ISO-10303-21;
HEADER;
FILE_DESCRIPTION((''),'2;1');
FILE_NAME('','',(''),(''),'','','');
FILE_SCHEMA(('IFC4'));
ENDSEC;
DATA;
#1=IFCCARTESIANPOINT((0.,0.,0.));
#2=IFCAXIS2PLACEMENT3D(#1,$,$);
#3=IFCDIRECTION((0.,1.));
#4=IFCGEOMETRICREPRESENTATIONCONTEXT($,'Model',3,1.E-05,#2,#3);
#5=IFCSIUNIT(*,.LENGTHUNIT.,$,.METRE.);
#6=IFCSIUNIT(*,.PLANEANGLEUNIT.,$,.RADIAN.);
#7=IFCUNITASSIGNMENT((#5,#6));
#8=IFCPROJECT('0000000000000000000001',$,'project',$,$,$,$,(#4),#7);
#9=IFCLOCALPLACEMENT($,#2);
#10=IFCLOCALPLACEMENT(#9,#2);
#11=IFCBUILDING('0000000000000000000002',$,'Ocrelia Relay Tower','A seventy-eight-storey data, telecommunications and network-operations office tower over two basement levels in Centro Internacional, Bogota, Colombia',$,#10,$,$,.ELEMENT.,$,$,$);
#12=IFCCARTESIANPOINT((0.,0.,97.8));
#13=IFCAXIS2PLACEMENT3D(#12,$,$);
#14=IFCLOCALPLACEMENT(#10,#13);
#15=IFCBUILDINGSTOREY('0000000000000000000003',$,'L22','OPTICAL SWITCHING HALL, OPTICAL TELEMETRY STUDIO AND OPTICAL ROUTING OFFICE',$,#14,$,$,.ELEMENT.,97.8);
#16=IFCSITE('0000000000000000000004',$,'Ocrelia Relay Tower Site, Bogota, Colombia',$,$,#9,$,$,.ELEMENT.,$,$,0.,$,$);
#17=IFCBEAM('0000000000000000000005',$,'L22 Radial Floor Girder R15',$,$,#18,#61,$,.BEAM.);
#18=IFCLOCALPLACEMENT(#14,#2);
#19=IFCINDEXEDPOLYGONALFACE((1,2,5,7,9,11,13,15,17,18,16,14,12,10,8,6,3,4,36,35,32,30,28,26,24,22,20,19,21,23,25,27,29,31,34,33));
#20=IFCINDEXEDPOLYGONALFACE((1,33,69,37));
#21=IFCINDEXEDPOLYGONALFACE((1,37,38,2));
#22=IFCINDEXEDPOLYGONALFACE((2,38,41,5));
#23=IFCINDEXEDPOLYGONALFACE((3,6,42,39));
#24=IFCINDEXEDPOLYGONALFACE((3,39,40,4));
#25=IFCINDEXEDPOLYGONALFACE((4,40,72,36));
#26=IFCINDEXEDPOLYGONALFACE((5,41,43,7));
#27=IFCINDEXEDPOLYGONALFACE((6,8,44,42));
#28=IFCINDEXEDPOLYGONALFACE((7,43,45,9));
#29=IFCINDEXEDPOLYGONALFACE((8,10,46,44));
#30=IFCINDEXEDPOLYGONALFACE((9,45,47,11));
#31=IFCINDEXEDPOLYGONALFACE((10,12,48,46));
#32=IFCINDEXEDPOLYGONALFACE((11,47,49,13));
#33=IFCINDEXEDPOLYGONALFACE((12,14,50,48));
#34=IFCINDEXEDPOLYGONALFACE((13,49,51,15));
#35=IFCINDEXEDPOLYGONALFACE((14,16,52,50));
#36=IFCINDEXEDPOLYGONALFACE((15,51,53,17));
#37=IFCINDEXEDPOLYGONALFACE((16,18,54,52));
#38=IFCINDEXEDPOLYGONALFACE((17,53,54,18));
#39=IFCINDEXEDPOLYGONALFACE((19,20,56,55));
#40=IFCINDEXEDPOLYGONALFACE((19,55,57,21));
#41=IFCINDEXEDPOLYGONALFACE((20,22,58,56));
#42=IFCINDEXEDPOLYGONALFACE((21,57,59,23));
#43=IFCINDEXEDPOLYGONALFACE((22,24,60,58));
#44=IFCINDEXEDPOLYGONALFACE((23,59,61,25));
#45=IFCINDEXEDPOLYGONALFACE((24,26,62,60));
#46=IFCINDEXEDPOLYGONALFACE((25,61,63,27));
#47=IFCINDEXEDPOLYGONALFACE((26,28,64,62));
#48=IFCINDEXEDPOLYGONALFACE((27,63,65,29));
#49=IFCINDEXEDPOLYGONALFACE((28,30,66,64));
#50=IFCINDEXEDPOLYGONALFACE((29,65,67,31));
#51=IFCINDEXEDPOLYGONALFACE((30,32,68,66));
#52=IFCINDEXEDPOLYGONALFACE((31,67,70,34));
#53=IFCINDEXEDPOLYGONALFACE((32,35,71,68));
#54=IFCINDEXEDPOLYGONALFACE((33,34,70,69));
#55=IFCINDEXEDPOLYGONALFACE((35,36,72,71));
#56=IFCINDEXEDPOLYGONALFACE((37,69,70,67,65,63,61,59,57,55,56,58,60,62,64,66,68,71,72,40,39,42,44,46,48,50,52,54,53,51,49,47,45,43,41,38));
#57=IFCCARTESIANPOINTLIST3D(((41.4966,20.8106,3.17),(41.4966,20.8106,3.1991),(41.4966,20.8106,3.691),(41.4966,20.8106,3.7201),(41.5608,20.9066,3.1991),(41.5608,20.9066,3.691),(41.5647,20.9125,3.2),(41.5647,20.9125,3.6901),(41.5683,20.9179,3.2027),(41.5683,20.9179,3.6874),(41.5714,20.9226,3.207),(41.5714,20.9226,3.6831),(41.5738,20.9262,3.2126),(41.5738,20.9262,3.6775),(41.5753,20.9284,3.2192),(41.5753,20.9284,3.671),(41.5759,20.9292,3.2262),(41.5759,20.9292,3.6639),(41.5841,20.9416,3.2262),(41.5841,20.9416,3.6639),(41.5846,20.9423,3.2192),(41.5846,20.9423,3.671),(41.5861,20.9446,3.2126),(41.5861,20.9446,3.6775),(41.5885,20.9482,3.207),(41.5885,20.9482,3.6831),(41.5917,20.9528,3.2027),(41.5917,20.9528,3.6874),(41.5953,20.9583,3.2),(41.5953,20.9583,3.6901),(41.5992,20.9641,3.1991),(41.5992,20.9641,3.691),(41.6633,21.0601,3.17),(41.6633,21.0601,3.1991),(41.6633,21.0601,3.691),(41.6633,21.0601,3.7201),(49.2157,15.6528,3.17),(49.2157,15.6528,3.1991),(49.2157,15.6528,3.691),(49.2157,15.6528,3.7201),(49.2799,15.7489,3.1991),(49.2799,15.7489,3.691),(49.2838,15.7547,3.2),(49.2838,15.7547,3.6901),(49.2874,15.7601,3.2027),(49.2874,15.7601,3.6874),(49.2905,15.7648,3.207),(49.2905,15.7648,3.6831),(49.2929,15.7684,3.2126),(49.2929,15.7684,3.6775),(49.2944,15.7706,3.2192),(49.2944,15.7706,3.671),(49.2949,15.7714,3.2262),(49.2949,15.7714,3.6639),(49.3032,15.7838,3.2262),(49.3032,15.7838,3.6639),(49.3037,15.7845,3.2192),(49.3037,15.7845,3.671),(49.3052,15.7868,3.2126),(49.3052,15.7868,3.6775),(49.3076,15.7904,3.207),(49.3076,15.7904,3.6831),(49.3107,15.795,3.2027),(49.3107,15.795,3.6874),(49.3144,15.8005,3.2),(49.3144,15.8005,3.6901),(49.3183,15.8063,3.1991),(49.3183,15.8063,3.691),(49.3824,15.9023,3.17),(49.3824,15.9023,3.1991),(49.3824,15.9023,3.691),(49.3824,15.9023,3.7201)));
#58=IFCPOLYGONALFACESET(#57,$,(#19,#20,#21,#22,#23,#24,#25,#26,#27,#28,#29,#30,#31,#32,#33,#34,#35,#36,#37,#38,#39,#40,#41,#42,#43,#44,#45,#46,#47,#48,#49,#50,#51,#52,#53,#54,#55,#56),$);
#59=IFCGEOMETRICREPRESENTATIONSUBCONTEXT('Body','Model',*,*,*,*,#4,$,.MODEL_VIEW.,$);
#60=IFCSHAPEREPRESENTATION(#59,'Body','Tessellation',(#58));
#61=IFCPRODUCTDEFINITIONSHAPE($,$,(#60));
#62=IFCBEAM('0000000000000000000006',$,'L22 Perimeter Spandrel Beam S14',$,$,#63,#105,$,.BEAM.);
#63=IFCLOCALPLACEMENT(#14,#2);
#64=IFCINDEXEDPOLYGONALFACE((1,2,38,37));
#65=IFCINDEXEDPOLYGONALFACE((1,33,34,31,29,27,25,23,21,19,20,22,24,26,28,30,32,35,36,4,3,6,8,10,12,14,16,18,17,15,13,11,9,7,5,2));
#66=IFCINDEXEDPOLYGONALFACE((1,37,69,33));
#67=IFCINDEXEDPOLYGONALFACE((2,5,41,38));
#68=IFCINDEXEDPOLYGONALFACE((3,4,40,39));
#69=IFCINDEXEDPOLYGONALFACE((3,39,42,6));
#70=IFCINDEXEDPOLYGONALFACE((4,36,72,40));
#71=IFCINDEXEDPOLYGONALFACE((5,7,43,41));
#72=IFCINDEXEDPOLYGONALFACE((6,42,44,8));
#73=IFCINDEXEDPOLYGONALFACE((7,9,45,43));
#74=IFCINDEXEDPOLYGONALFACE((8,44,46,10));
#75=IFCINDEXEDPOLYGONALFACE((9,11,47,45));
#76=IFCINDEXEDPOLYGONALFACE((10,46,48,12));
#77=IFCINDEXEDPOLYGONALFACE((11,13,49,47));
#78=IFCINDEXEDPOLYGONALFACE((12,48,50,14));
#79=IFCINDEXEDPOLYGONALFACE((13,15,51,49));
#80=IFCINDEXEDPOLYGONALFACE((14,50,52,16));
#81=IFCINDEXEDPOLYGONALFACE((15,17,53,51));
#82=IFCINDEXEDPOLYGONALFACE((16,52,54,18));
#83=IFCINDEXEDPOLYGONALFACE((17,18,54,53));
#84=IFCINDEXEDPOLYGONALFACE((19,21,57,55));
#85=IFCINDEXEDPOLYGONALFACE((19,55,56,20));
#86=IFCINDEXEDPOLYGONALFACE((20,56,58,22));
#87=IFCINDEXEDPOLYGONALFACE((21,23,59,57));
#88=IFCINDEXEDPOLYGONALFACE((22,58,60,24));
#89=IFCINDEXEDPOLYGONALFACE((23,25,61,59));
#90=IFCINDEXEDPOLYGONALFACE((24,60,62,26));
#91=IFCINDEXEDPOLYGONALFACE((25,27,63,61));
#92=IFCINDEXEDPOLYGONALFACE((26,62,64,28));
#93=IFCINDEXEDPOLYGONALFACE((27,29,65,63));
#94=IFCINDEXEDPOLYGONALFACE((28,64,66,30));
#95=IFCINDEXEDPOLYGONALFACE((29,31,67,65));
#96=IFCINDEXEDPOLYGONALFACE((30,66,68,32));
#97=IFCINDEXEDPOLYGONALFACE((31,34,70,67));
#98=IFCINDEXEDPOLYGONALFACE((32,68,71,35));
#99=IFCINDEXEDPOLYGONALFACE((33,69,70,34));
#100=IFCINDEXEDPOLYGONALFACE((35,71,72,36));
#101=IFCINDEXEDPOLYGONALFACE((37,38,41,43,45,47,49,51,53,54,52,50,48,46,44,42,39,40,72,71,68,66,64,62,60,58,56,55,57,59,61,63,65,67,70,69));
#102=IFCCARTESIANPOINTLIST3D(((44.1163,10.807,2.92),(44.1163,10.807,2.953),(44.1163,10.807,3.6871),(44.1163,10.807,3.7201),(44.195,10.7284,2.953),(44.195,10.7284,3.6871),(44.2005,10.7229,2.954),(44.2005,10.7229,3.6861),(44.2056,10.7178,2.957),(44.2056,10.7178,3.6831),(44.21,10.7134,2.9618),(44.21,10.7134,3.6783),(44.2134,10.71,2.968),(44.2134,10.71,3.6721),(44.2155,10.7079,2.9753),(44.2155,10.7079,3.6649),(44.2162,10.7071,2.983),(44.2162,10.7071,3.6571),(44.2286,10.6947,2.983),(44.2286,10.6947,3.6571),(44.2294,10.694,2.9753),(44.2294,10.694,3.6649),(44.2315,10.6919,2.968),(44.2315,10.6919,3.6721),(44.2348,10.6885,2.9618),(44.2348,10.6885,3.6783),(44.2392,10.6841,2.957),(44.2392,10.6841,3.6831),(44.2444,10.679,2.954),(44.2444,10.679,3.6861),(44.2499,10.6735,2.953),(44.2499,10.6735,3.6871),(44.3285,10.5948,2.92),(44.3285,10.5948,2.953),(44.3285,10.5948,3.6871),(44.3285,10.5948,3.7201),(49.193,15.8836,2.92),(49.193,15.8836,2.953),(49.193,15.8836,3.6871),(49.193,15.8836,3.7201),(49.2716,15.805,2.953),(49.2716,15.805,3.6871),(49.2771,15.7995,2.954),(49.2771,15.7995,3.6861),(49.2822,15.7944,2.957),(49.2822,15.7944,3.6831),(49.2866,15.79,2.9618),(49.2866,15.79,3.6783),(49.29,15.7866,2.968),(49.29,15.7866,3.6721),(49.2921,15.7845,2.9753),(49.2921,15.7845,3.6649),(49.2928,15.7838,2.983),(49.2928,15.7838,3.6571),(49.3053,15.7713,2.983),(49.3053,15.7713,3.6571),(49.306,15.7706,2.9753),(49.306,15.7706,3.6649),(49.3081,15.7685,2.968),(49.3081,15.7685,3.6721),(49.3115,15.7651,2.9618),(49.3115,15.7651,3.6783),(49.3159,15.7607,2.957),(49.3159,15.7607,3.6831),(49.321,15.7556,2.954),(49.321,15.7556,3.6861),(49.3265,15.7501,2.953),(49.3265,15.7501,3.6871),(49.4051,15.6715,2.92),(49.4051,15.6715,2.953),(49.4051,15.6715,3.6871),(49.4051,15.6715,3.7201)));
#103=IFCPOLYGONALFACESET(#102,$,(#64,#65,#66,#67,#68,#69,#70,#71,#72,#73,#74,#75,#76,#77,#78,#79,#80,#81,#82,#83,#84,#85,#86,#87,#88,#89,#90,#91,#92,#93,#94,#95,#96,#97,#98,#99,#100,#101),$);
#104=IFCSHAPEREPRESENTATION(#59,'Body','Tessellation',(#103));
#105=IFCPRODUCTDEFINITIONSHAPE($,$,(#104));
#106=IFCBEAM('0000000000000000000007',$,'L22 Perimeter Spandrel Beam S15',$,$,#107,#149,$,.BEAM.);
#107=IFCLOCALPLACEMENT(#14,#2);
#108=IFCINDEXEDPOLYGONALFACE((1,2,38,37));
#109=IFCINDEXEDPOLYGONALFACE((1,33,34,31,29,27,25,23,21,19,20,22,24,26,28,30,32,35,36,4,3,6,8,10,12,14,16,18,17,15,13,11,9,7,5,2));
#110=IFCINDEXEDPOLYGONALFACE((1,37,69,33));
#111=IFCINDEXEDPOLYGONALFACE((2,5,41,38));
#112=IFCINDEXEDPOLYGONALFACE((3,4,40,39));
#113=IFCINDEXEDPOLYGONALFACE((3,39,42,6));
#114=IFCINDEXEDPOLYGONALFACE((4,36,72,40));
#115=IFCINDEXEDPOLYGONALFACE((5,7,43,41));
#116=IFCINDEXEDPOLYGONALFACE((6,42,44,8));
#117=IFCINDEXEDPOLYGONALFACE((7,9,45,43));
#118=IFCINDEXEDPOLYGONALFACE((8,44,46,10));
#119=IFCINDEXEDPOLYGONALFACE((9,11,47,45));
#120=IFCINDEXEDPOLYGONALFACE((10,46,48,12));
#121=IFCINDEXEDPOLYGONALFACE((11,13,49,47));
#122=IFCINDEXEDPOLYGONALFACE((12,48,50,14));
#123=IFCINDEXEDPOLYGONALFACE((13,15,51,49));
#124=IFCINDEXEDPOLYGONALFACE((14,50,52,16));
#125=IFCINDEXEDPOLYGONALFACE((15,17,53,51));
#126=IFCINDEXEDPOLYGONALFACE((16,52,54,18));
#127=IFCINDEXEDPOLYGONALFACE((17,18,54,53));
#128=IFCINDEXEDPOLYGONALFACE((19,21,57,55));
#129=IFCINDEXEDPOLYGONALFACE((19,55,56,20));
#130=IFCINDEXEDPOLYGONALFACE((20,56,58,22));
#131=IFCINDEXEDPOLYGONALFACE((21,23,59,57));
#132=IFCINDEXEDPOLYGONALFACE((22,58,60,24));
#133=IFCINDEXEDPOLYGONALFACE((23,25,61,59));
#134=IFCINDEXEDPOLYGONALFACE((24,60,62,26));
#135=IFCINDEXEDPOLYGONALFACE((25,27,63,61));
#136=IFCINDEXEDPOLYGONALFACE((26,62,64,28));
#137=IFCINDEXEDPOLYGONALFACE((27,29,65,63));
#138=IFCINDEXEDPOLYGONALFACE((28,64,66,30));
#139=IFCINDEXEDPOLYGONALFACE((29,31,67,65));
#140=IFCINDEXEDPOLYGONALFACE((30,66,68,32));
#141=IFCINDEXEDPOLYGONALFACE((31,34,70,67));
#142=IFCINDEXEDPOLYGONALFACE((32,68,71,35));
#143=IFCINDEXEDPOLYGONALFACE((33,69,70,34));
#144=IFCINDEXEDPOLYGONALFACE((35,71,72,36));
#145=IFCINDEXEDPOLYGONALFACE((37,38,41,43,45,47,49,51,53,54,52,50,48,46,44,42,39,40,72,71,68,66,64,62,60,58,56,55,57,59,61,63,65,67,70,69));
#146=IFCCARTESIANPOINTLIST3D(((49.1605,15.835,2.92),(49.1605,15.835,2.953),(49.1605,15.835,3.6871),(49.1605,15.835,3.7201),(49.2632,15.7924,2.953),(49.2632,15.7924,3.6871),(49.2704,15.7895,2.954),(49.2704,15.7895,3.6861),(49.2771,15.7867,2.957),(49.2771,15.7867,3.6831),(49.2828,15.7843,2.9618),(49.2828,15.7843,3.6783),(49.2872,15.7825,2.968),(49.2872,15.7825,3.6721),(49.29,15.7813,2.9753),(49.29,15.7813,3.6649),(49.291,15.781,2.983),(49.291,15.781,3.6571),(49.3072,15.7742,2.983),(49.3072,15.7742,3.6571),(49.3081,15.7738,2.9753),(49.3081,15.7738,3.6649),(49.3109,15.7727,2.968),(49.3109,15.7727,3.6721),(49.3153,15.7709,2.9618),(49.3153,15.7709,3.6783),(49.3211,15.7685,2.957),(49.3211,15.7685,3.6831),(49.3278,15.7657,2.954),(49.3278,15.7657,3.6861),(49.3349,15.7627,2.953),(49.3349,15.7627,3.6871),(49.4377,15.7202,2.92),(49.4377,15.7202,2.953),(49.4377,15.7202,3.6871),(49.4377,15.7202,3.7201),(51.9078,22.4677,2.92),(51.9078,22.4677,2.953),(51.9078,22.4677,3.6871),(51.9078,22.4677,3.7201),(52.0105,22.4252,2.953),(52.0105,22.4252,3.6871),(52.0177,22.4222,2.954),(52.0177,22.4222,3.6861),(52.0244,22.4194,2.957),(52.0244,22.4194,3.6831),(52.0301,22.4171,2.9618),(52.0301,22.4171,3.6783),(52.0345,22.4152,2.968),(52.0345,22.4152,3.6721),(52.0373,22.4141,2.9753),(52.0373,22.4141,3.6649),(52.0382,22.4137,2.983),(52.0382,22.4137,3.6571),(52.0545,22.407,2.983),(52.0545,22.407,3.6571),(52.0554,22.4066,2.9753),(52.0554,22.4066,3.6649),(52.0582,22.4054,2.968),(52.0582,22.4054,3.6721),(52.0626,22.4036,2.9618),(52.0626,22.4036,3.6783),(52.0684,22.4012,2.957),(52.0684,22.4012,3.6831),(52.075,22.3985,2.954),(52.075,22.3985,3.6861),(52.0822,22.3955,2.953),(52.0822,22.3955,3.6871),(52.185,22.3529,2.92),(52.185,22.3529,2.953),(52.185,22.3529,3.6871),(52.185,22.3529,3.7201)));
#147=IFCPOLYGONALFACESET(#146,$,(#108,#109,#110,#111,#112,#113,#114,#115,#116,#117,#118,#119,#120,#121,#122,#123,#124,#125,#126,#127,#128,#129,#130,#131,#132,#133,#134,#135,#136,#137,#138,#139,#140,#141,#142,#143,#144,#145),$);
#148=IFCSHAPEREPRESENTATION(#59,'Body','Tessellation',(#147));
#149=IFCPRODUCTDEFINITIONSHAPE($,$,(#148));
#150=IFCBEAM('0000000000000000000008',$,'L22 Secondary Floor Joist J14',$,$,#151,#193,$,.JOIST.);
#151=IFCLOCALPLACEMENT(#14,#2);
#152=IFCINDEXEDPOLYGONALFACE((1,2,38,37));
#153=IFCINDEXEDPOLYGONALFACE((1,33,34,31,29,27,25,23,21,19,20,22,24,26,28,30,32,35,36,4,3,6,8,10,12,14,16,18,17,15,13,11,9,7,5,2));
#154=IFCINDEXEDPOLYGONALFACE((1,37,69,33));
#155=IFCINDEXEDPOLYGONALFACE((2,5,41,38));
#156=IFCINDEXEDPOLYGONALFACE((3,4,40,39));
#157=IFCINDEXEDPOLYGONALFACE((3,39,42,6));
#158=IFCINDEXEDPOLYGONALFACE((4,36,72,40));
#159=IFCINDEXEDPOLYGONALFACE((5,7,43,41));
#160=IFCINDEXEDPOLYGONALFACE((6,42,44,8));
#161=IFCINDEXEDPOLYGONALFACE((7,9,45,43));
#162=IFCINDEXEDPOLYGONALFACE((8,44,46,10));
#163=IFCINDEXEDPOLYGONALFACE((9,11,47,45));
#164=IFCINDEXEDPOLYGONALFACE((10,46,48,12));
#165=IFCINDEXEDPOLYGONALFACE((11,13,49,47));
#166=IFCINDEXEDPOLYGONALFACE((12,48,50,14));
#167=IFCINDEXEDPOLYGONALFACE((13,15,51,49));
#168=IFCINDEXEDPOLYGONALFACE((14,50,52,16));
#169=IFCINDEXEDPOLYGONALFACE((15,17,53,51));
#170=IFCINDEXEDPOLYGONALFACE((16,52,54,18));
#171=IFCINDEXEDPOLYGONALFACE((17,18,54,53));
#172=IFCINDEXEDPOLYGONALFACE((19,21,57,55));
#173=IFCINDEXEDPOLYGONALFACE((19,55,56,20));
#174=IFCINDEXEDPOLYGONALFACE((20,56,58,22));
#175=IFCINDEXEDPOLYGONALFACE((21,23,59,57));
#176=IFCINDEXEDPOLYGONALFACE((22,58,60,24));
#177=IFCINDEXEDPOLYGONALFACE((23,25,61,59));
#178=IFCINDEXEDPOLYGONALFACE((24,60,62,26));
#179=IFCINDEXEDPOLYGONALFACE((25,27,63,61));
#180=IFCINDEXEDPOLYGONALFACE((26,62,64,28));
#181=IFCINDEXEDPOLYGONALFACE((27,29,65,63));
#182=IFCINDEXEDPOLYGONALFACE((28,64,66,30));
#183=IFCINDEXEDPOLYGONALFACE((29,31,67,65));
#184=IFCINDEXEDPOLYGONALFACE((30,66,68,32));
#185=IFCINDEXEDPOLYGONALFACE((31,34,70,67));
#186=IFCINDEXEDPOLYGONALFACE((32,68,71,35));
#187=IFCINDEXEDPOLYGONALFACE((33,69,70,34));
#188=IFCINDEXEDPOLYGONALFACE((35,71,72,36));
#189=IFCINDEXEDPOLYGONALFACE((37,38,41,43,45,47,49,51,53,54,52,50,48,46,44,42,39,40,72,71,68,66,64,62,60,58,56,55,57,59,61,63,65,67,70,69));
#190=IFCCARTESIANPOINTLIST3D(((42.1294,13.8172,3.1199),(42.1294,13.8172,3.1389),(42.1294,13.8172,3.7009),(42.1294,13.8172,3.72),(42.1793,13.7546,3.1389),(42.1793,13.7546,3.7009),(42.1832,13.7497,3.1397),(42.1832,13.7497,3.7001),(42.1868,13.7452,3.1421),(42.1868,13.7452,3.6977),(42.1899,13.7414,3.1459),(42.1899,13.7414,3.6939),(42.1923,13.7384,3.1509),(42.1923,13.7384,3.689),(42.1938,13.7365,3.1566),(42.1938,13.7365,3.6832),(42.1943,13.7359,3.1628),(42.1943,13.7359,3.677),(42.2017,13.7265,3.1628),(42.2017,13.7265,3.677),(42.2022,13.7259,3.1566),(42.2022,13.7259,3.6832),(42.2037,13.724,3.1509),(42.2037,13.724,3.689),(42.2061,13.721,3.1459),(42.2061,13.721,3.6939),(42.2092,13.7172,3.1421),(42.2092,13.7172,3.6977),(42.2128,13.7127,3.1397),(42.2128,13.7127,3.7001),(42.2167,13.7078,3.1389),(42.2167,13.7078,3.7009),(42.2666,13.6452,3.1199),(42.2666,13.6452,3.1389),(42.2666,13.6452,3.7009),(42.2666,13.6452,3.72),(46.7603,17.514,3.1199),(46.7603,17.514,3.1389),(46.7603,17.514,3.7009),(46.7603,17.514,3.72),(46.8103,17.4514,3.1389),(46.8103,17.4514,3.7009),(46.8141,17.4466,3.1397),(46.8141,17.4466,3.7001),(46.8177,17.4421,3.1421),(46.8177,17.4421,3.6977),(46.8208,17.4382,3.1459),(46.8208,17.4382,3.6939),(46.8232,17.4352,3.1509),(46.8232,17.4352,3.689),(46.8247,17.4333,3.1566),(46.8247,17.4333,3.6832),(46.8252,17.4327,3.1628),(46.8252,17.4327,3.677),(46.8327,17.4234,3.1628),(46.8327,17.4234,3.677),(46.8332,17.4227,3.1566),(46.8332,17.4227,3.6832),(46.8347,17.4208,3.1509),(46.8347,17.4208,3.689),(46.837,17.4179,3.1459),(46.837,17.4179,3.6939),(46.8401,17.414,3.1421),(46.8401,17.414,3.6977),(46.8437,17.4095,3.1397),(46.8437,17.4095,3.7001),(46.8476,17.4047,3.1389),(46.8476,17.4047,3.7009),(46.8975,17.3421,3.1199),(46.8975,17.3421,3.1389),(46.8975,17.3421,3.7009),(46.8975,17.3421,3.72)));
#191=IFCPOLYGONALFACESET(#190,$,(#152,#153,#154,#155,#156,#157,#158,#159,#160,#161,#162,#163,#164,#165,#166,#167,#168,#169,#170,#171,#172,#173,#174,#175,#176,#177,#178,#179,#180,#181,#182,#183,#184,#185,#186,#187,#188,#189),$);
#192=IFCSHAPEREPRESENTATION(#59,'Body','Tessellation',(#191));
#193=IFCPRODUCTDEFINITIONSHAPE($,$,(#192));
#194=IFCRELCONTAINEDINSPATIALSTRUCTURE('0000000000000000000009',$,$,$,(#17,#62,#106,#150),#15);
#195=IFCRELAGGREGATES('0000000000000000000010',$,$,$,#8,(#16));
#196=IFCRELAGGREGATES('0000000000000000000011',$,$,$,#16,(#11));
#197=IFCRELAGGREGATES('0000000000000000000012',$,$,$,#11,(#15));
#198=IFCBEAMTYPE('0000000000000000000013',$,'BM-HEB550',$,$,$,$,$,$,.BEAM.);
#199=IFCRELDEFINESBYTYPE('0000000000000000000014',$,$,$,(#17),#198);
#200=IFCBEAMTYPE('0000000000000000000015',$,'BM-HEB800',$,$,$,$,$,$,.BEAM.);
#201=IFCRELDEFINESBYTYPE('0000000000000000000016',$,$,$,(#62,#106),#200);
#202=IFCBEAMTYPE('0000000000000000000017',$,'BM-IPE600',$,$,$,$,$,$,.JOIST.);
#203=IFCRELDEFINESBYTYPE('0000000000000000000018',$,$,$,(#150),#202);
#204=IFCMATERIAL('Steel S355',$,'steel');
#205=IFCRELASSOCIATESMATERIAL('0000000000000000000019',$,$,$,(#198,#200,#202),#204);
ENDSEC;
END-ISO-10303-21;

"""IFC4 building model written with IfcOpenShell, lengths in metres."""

from ifc_helpers import new_model, si_unit, direction, frame, origin, origin_2d, place, context, subcontext, project, spatial, i_section, extrude, material, material_profile, profile_set, type_object, element, save


model = new_model("IFC4")

# Units and contexts
model_context = context("Model", 3, precision=1e-05, world=origin(), true_north=direction((0.0, 1.0)))
body_context = subcontext(model_context, "Body", "Model", "MODEL_VIEW")
ifc_project = project(units=[si_unit("LENGTHUNIT", "METRE"), si_unit("PLANEANGLEUNIT", "RADIAN")], contexts=[model_context])

# Site, building, storey
site_placement = place(None, origin())
site = spatial("IfcSite", under=ifc_project, at=site_placement, Name="Ocrelia Relay Tower Site, Bogota, Colombia", CompositionType="ELEMENT", RefElevation=0.0)
building_placement = place(site_placement, origin())
building = spatial("IfcBuilding", under=site, at=building_placement, Name="Ocrelia Relay Tower", Description="A seventy-eight-storey data, telecommunications and network-operations office tower over two basement levels in Centro Internacional, Bogota, Colombia", CompositionType="ELEMENT")
storey_placement = place(building_placement, frame((0.0, 0.0, 97.8)))
storey = spatial("IfcBuildingStorey", under=building, at=storey_placement, Name="L22", Description="OPTICAL SWITCHING HALL, OPTICAL TELEMETRY STUDIO AND OPTICAL ROUTING OFFICE", CompositionType="ELEMENT", Elevation=97.8)

# Beams
ifc_material_1 = material(Name="Steel S355", Category="steel")
ifc_material_profile_1 = material_profile(ifc_material_1, i_section(OverallWidth=0.3, OverallDepth=0.55, WebThickness=0.0149, FlangeThickness=0.0291, FilletRadius=0.0271, at=origin_2d()), Name="HEB 550")
ifc_profile_set_1 = profile_set([ifc_material_profile_1], Name="Steel S355")
beam_type_1 = type_object("IfcBeamType", Name="BM-HEB550", PredefinedType="BEAM", material=ifc_profile_set_1)
beam_1_placement = place(storey_placement, frame((49.2991, 15.7776, 3.4451), z_axis=(-0.831467, 0.555574, 0.0), x_axis=(-0.555574, -0.831467, 0.0)))
element("IfcBeam", 1, at=beam_1_placement, inside=storey, type_object=beam_type_1, Name="L22 Radial Floor Girder R15", PredefinedType="BEAM", context=body_context, shape_type="SweptSolid", body=[
    extrude(i_section(OverallWidth=0.3, OverallDepth=0.55, WebThickness=0.0149, FlangeThickness=0.0291, FilletRadius=0.0271, at=origin_2d()), origin(), (0.0, 0.0, 1.0), 9.2837),
])
ifc_material_profile_2 = material_profile(ifc_material_1, i_section(OverallWidth=0.3, OverallDepth=0.8, WebThickness=0.0176, FlangeThickness=0.033, FilletRadius=0.03, at=origin_2d()), Name="HEB 800")
ifc_profile_set_2 = profile_set([ifc_material_profile_2], Name="Steel S355")
beam_type_2 = type_object("IfcBeamType", Name="BM-HEB800", PredefinedType="BEAM", material=ifc_profile_set_2)
beam_2_placement = place(storey_placement, frame((44.2224, 10.7009, 3.3201), z_axis=(0.707107, 0.707107, 0.0), x_axis=(-0.707107, 0.707107, 0.0)))
element("IfcBeam", 2, at=beam_2_placement, inside=storey, type_object=beam_type_2, Name="L22 Perimeter Spandrel Beam S14", PredefinedType="BEAM", context=body_context, shape_type="SweptSolid", body=[
    extrude(i_section(OverallWidth=0.3, OverallDepth=0.8, WebThickness=0.0176, FlangeThickness=0.033, FilletRadius=0.03, at=origin_2d()), origin(), (0.0, 0.0, 1.0), 7.1794),
])
beam_3_placement = place(storey_placement, frame((49.2991, 15.7776, 3.3201), z_axis=(0.382673, 0.923884, 0.0), x_axis=(-0.923884, 0.382673, 0.0)))
element("IfcBeam", 3, at=beam_3_placement, inside=storey, type_object=beam_type_2, Name="L22 Perimeter Spandrel Beam S15", PredefinedType="BEAM", context=body_context, shape_type="SweptSolid", body=[
    extrude(i_section(OverallWidth=0.3, OverallDepth=0.8, WebThickness=0.0176, FlangeThickness=0.033, FilletRadius=0.03, at=origin_2d()), origin(), (0.0, 0.0, 1.0), 7.1792),
])
ifc_material_profile_3 = material_profile(ifc_material_1, i_section(OverallWidth=0.22, OverallDepth=0.6001, WebThickness=0.012, FlangeThickness=0.019, FilletRadius=0.0239, at=origin_2d()), Name="IPE 600")
ifc_profile_set_3 = profile_set([ifc_material_profile_3], Name="Steel S355")
beam_type_3 = type_object("IfcBeamType", Name="BM-IPE600", PredefinedType="JOIST", material=ifc_profile_set_3)
beam_4_placement = place(storey_placement, frame((42.198, 13.7312, 3.4199), z_axis=(0.78152, 0.623881, 0.0), x_axis=(-0.623881, 0.78152, 0.0)))
element("IfcBeam", 4, at=beam_4_placement, inside=storey, type_object=beam_type_3, Name="L22 Secondary Floor Joist J14", PredefinedType="JOIST", context=body_context, shape_type="SweptSolid", body=[
    extrude(i_section(OverallWidth=0.22, OverallDepth=0.6001, WebThickness=0.012, FlangeThickness=0.019, FilletRadius=0.0239, at=origin_2d()), origin(), (0.0, 0.0, 1.0), 5.9255),
])

save(model, "model.ifc")
